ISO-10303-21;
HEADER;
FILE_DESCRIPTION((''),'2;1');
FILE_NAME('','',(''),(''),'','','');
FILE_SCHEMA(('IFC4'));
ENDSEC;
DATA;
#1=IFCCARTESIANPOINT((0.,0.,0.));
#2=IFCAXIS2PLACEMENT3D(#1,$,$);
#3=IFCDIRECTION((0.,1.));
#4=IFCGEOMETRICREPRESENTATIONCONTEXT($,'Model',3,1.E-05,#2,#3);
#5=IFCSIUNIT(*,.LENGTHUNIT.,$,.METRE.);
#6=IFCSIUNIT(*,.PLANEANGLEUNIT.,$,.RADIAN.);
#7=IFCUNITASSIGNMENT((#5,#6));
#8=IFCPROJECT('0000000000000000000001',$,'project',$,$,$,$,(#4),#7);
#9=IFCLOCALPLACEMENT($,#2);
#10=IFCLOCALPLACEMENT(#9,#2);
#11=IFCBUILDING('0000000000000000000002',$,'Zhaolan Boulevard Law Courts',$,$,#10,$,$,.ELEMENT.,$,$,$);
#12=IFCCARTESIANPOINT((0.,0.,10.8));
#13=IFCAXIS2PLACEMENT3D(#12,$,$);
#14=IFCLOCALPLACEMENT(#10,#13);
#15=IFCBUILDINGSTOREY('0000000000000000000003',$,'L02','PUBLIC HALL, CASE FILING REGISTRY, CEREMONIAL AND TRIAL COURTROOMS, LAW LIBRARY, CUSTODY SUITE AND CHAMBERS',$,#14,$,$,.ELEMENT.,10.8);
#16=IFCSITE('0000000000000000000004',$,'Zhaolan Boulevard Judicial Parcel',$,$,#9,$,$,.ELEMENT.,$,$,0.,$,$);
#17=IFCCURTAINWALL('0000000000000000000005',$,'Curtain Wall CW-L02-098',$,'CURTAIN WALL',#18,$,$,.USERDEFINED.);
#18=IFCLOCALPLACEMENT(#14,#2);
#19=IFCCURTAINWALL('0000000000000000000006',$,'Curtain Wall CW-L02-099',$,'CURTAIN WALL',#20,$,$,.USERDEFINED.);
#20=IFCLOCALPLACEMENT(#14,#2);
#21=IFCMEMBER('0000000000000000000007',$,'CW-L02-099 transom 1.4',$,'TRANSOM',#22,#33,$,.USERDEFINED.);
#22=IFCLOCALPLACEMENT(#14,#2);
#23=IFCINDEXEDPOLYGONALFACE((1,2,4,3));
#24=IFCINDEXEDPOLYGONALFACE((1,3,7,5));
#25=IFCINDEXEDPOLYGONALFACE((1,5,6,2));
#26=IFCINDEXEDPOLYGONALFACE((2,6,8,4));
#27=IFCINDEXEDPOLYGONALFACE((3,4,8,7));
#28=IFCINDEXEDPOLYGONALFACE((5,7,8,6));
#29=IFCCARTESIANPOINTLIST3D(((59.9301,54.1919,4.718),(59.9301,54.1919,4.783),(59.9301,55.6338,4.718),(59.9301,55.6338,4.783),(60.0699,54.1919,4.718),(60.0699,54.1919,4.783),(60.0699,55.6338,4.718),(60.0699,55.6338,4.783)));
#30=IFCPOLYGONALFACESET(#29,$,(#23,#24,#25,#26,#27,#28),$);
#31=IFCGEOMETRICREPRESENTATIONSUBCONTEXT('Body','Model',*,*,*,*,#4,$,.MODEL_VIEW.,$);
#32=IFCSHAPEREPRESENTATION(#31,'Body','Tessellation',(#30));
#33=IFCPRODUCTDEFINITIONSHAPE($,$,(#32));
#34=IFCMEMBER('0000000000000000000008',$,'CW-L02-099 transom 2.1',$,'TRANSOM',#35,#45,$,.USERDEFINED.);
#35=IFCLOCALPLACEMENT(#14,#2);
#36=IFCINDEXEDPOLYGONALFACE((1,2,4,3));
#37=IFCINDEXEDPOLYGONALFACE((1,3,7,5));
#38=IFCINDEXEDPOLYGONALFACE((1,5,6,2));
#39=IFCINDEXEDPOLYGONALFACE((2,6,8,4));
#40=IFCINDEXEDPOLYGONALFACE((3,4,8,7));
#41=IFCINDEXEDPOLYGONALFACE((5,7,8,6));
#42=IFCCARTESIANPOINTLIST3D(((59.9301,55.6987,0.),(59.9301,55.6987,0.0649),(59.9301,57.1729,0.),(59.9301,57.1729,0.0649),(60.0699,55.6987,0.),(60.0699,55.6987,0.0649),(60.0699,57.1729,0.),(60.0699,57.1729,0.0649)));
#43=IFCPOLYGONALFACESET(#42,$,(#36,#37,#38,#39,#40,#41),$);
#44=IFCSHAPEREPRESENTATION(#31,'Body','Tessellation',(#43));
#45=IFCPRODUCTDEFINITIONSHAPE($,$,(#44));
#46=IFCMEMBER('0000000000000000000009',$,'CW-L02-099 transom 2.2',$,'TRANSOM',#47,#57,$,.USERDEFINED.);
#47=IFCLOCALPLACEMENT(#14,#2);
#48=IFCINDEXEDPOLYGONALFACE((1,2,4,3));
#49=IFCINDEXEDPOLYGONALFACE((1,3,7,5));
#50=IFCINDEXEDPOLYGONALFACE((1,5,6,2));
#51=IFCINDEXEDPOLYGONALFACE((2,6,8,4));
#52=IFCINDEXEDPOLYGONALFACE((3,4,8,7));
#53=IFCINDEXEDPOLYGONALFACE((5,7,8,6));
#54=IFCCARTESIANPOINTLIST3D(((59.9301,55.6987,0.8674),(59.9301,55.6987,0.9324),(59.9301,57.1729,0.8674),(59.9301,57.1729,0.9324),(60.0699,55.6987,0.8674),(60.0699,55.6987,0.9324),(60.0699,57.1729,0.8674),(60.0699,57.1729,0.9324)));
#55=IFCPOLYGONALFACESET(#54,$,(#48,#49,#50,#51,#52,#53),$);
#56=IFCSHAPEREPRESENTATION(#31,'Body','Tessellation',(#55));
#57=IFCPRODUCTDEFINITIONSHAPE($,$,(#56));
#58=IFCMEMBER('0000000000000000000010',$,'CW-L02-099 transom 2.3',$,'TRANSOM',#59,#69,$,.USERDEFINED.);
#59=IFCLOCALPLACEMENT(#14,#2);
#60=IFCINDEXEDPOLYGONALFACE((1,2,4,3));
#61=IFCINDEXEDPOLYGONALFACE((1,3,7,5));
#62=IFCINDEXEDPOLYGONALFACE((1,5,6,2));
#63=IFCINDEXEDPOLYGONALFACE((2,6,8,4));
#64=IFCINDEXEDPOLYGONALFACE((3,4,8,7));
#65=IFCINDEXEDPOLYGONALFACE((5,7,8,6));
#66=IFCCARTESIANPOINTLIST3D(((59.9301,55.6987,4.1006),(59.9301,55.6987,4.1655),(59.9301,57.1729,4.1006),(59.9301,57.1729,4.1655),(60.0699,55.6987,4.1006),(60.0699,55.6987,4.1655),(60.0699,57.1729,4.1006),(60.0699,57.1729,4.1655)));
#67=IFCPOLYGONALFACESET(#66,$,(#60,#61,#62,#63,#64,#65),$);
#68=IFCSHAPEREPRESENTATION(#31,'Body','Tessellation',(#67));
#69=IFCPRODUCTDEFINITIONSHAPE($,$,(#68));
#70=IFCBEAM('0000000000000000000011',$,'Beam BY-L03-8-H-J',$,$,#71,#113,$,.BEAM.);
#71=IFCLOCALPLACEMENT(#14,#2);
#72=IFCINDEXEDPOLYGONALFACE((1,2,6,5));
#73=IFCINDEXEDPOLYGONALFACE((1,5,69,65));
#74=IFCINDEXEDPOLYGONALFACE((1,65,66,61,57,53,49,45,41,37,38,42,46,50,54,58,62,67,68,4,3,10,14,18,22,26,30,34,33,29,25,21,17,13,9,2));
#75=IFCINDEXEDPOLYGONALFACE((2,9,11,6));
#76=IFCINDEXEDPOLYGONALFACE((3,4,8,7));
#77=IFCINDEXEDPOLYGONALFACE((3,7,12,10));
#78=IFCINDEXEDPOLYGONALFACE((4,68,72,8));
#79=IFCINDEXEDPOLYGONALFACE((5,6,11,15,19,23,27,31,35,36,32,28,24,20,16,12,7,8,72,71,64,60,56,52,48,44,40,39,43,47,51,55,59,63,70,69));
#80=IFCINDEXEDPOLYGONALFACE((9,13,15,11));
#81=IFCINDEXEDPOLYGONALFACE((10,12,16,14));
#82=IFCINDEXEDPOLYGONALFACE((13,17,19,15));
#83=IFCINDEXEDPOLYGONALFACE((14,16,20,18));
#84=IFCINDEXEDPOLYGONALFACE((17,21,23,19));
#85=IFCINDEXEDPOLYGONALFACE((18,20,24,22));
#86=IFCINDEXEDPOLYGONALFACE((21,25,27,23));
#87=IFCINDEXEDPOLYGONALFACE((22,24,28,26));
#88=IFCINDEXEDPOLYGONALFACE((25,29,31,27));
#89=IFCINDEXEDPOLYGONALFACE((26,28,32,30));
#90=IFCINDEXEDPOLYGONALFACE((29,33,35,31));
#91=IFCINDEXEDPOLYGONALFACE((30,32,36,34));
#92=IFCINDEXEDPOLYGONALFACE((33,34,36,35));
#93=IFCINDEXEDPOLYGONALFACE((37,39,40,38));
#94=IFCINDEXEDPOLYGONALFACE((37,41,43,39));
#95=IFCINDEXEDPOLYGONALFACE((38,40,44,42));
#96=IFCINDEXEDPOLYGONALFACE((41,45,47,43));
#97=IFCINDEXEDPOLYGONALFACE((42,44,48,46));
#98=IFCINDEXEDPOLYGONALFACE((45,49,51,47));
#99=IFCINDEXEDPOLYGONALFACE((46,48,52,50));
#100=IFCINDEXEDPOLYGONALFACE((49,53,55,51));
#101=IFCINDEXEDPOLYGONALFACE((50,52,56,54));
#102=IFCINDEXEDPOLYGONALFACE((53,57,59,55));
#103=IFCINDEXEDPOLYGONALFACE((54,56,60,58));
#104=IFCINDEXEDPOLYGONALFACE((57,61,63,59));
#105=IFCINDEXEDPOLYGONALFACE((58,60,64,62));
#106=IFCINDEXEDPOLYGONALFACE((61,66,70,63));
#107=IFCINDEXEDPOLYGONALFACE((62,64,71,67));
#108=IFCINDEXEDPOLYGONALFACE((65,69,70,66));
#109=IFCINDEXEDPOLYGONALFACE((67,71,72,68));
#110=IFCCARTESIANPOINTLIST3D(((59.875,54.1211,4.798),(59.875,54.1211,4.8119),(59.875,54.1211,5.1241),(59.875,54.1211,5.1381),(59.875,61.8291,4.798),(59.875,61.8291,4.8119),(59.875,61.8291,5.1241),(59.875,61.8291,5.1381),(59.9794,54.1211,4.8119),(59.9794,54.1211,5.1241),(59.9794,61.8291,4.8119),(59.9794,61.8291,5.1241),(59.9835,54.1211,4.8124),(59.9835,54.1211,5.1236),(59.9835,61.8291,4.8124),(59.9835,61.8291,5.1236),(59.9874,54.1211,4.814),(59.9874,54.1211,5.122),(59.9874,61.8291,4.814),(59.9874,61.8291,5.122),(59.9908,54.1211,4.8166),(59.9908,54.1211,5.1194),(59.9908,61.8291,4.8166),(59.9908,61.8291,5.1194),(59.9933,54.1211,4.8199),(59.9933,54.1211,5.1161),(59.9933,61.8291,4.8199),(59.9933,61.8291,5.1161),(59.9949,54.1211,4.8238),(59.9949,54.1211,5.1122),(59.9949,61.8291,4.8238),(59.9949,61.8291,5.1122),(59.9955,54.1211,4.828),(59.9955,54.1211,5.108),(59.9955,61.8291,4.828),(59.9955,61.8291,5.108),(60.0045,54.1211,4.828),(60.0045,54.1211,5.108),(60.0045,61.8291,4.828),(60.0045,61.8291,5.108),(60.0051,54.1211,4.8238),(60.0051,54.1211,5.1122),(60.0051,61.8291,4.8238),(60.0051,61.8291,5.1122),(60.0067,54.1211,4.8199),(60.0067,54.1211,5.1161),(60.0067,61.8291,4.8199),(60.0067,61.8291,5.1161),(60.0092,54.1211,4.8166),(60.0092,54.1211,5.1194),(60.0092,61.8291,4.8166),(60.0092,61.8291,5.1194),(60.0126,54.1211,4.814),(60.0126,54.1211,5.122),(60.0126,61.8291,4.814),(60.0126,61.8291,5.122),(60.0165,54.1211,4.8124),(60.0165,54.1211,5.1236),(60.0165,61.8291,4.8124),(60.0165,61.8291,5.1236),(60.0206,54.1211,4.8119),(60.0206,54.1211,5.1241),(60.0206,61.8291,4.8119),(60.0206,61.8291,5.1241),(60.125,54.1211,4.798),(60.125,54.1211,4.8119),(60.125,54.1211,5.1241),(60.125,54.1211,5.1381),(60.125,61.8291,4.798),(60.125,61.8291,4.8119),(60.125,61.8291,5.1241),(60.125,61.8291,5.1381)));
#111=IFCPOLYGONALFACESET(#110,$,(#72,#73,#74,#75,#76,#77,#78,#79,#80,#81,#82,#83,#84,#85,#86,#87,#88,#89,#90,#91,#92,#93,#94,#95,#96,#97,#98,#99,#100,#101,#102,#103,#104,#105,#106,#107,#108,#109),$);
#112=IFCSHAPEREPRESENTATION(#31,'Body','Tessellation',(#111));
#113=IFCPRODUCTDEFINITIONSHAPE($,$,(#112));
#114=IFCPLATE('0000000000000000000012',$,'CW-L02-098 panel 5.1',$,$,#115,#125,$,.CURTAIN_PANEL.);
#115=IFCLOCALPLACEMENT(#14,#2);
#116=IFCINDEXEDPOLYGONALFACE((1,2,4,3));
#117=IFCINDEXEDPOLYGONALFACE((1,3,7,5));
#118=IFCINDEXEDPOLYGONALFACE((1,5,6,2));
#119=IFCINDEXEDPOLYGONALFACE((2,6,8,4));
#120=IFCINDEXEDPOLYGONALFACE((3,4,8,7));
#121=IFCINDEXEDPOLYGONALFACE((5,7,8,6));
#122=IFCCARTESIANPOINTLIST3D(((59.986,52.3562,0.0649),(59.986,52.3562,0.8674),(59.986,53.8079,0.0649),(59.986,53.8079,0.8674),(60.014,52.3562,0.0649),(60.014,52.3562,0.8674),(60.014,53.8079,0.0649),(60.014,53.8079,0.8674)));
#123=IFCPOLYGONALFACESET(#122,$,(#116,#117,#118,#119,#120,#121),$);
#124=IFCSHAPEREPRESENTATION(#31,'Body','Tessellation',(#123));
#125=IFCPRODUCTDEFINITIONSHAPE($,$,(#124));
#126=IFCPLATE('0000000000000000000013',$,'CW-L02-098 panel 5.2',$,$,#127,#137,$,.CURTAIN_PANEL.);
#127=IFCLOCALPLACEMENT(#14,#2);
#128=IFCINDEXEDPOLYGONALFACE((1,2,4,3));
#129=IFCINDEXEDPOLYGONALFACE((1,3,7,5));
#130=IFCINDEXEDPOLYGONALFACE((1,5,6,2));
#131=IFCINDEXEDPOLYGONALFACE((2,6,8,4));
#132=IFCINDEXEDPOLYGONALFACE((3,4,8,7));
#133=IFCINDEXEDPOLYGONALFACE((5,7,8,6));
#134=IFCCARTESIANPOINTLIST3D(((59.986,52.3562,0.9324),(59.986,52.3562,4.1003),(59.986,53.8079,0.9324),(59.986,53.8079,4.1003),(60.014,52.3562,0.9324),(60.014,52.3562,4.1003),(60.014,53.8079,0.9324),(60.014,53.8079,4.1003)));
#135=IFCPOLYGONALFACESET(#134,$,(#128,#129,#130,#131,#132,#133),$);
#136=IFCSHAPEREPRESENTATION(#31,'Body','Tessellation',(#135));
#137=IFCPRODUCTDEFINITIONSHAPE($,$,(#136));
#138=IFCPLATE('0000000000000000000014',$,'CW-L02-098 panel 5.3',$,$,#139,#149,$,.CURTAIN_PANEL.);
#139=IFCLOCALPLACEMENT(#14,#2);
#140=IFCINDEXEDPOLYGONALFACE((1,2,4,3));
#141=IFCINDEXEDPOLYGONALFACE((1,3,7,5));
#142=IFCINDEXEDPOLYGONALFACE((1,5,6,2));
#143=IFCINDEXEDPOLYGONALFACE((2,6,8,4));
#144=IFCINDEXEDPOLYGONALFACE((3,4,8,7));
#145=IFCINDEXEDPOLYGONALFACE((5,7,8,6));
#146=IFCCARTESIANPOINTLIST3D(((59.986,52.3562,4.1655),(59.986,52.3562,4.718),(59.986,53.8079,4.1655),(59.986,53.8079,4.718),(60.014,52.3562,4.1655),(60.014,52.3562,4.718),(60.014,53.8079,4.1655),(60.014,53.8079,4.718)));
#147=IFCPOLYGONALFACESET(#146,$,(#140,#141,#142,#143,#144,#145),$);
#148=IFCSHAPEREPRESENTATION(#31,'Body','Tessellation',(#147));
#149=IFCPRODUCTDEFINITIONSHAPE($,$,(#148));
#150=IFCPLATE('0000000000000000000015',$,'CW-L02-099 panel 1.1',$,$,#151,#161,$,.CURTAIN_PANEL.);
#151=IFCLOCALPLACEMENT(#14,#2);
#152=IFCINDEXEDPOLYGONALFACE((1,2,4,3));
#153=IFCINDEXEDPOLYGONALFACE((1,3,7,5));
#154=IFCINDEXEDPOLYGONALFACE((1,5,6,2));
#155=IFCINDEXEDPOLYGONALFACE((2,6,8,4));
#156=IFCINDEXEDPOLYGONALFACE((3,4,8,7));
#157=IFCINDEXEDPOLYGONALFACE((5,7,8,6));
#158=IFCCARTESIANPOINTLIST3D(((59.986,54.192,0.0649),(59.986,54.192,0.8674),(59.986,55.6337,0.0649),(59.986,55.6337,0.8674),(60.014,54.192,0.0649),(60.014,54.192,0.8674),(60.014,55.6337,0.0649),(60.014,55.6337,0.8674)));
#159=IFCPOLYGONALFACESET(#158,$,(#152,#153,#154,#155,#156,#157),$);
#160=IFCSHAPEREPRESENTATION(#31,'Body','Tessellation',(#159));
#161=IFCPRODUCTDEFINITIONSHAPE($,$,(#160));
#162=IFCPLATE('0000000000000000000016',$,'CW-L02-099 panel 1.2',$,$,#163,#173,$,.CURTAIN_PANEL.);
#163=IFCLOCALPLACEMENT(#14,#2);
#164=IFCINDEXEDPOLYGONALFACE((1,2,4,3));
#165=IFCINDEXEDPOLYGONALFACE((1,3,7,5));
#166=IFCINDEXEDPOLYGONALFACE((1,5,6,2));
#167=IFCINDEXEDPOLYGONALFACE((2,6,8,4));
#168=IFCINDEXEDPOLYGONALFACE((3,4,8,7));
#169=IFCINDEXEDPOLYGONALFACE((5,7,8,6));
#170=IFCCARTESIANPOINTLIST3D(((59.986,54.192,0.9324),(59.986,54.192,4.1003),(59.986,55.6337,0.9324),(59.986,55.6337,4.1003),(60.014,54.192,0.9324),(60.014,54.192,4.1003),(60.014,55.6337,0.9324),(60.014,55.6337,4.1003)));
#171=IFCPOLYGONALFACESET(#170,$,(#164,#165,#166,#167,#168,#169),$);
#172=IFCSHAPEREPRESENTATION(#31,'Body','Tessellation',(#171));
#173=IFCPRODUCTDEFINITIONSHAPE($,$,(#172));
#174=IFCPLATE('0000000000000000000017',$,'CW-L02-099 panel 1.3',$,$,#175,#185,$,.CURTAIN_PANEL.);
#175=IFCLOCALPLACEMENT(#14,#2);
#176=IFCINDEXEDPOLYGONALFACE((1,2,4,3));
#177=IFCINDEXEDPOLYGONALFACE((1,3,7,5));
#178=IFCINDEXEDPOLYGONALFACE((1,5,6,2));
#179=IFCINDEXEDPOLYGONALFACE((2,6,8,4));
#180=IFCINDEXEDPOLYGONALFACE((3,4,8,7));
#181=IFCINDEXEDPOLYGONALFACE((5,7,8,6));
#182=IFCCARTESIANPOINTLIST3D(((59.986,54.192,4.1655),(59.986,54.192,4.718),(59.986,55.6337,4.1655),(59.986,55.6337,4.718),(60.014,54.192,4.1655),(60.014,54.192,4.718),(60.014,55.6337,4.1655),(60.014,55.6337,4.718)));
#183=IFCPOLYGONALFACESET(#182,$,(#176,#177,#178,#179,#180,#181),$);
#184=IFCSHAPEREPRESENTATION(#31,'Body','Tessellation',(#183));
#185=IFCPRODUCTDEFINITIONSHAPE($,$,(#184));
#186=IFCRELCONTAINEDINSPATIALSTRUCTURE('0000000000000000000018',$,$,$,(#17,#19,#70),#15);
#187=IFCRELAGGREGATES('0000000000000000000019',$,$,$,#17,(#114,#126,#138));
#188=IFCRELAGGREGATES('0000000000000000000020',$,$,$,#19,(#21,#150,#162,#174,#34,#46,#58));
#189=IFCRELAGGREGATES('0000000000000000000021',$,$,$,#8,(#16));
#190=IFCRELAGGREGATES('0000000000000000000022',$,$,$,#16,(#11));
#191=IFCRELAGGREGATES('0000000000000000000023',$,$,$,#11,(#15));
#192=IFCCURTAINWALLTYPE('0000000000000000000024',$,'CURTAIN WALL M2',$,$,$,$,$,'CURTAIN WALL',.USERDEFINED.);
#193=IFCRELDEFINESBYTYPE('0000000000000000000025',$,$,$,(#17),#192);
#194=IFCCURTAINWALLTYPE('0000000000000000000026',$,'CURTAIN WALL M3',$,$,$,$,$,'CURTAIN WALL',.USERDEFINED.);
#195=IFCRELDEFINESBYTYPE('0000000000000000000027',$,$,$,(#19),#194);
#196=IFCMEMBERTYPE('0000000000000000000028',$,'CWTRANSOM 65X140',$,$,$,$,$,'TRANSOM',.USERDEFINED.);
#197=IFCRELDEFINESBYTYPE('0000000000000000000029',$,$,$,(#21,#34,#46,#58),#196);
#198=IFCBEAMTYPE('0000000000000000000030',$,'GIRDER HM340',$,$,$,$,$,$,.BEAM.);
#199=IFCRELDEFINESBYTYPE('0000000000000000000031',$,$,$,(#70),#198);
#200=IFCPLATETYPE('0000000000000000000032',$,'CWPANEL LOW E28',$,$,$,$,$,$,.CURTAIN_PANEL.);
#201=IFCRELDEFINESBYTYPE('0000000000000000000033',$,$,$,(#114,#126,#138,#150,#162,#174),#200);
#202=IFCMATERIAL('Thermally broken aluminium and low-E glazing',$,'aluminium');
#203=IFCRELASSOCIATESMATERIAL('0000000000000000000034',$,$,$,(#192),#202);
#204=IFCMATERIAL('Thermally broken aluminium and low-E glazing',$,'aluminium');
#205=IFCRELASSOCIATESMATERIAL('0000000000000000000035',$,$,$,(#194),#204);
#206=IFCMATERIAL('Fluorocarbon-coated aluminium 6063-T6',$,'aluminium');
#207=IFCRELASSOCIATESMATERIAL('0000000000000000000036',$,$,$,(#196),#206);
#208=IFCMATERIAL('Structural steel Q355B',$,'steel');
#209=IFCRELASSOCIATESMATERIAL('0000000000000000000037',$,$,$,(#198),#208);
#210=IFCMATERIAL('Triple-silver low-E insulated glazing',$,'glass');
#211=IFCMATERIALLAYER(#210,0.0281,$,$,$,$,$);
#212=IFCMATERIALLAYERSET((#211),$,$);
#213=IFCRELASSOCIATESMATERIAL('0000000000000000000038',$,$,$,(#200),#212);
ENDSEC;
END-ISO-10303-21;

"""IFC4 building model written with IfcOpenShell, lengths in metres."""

from ifc_helpers import new_model, si_unit, direction, frame, origin, origin_2d, place, context, subcontext, project, spatial, rectangle, i_section, extrude, material, layer, layer_set, material_profile, profile_set, type_object, element, aggregate, save


model = new_model("IFC4")

# Units and contexts
model_context = context("Model", 3, precision=1e-05, world=origin(), true_north=direction((0.0, 1.0)))
body_context = subcontext(model_context, "Body", "Model", "MODEL_VIEW")
ifc_project = project(units=[si_unit("LENGTHUNIT", "METRE"), si_unit("PLANEANGLEUNIT", "RADIAN")], contexts=[model_context])

# Site, building, storey
site_placement = place(None, origin())
site = spatial("IfcSite", under=ifc_project, at=site_placement, Name="Zhaolan Boulevard Judicial Parcel", CompositionType="ELEMENT", RefElevation=0.0)
building_placement = place(site_placement, origin())
building = spatial("IfcBuilding", under=site, at=building_placement, Name="Zhaolan Boulevard Law Courts", CompositionType="ELEMENT")
storey_placement = place(building_placement, frame((0.0, 0.0, 10.8)))
storey = spatial("IfcBuildingStorey", under=building, at=storey_placement, Name="L02", Description="PUBLIC HALL, CASE FILING REGISTRY, CEREMONIAL AND TRIAL COURTROOMS, LAW LIBRARY, CUSTODY SUITE AND CHAMBERS", CompositionType="ELEMENT", Elevation=10.8)

# Curtain walls
ifc_material_1 = material(Name="Thermally broken aluminium and low-E glazing", Category="aluminium")
curtain_wall_type_1 = type_object("IfcCurtainWallType", Name="CURTAIN WALL M2", ElementType="CURTAIN WALL", PredefinedType="USERDEFINED", material=ifc_material_1)
curtain_wall_1_placement = place(storey_placement, origin())
curtain_wall_1 = element("IfcCurtainWall", 1, at=curtain_wall_1_placement, inside=storey, type_object=curtain_wall_type_1, Name="Curtain Wall CW-L02-098", ObjectType="CURTAIN WALL", PredefinedType="USERDEFINED")
ifc_material_2 = material(Name="Thermally broken aluminium and low-E glazing", Category="aluminium")
curtain_wall_type_2 = type_object("IfcCurtainWallType", Name="CURTAIN WALL M3", ElementType="CURTAIN WALL", PredefinedType="USERDEFINED", material=ifc_material_2)
curtain_wall_2_placement = place(storey_placement, origin())
curtain_wall_2 = element("IfcCurtainWall", 2, at=curtain_wall_2_placement, inside=storey, type_object=curtain_wall_type_2, Name="Curtain Wall CW-L02-099", ObjectType="CURTAIN WALL", PredefinedType="USERDEFINED")

# Members
ifc_material_3 = material(Name="Fluorocarbon-coated aluminium 6063-T6", Category="aluminium")
ifc_material_profile_1 = material_profile(ifc_material_3, rectangle(XDim=0.1399, YDim=0.0649, at=origin_2d()), Name="AL65x140")
ifc_profile_set_1 = profile_set([ifc_material_profile_1], Name="Fluorocarbon-coated aluminium 6063-T6")
member_type_1 = type_object("IfcMemberType", Name="CWTRANSOM 65X140", ElementType="TRANSOM", PredefinedType="USERDEFINED", material=ifc_profile_set_1)
member_1_placement = place(storey_placement, frame((60.0, 54.1919, 4.7505), z_axis=(0.0, 1.0, 0.0), x_axis=(-1.0, 0.0, 0.0)))
member_1 = element("IfcMember", 3, at=member_1_placement, type_object=member_type_1, Name="CW-L02-099 transom 1.4", ObjectType="TRANSOM", PredefinedType="USERDEFINED", context=body_context, shape_type="SweptSolid", body=[
    extrude(rectangle(XDim=0.1399, YDim=0.0649, at=origin_2d()), origin(), (0.0, 0.0, 1.0), 1.4419),
])
member_2_placement = place(storey_placement, frame((60.0, 55.6987, 0.0325), z_axis=(0.0, 1.0, 0.0), x_axis=(-1.0, 0.0, 0.0)))
member_2 = element("IfcMember", 4, at=member_2_placement, type_object=member_type_1, Name="CW-L02-099 transom 2.1", ObjectType="TRANSOM", PredefinedType="USERDEFINED", context=body_context, shape_type="SweptSolid", body=[
    extrude(rectangle(XDim=0.1399, YDim=0.0649, at=origin_2d()), origin(), (0.0, 0.0, 1.0), 1.4741),
])
member_3_placement = place(storey_placement, frame((60.0, 55.6987, 0.8999), z_axis=(0.0, 1.0, 0.0), x_axis=(-1.0, 0.0, 0.0)))
member_3 = element("IfcMember", 5, at=member_3_placement, type_object=member_type_1, Name="CW-L02-099 transom 2.2", ObjectType="TRANSOM", PredefinedType="USERDEFINED", context=body_context, shape_type="SweptSolid", body=[
    extrude(rectangle(XDim=0.1399, YDim=0.0649, at=origin_2d()), origin(), (0.0, 0.0, 1.0), 1.4741),
])
member_4_placement = place(storey_placement, frame((60.0, 55.6987, 4.1331), z_axis=(0.0, 1.0, 0.0), x_axis=(-1.0, 0.0, 0.0)))
member_4 = element("IfcMember", 6, at=member_4_placement, type_object=member_type_1, Name="CW-L02-099 transom 2.3", ObjectType="TRANSOM", PredefinedType="USERDEFINED", context=body_context, shape_type="SweptSolid", body=[
    extrude(rectangle(XDim=0.1399, YDim=0.0649, at=origin_2d()), origin(), (0.0, 0.0, 1.0), 1.4741),
])

# Beam
ifc_material_4 = material(Name="Structural steel Q355B", Category="steel")
ifc_material_profile_2 = material_profile(ifc_material_4, i_section(OverallWidth=0.25, OverallDepth=0.3401, WebThickness=0.009, FlangeThickness=0.0139, FilletRadius=0.0161, at=origin_2d()), Name="HM340x250")
ifc_profile_set_2 = profile_set([ifc_material_profile_2], Name="Structural steel Q355B")
beam_type = type_object("IfcBeamType", Name="GIRDER HM340", PredefinedType="BEAM", material=ifc_profile_set_2)
beam_placement = place(storey_placement, frame((60.0, 54.1211, 4.968), z_axis=(0.0, 1.0, 0.0), x_axis=(-1.0, 0.0, 0.0)))
element("IfcBeam", 7, at=beam_placement, inside=storey, type_object=beam_type, Name="Beam BY-L03-8-H-J", PredefinedType="BEAM", context=body_context, shape_type="SweptSolid", body=[
    extrude(i_section(OverallWidth=0.25, OverallDepth=0.3401, WebThickness=0.009, FlangeThickness=0.0139, FilletRadius=0.0161, at=origin_2d()), origin(), (0.0, 0.0, 1.0), 7.708),
])

# Plates
ifc_material_5 = material(Name="Triple-silver low-E insulated glazing", Category="glass")
ifc_layer = layer(ifc_material_5, 0.0281)
ifc_layer_set = layer_set([ifc_layer])
plate_type = type_object("IfcPlateType", Name="CWPANEL LOW E28", PredefinedType="CURTAIN_PANEL", material=ifc_layer_set)
plate_1_placement = place(storey_placement, frame((60.0, 53.082, 0.0649), z_axis=(0.0, 0.0, 1.0), x_axis=(0.0, 1.0, 0.0)))
plate_1 = element("IfcPlate", 8, at=plate_1_placement, type_object=plate_type, Name="CW-L02-098 panel 5.1", PredefinedType="CURTAIN_PANEL", context=body_context, shape_type="SweptSolid", body=[
    extrude(rectangle(XDim=1.4517, YDim=0.0281, at=origin_2d()), origin(), (0.0, 0.0, 1.0), 0.8025),
])
plate_2_placement = place(storey_placement, frame((60.0, 53.082, 0.9324), z_axis=(0.0, 0.0, 1.0), x_axis=(0.0, 1.0, 0.0)))
plate_2 = element("IfcPlate", 9, at=plate_2_placement, type_object=plate_type, Name="CW-L02-098 panel 5.2", PredefinedType="CURTAIN_PANEL", context=body_context, shape_type="SweptSolid", body=[
    extrude(rectangle(XDim=1.4517, YDim=0.0281, at=origin_2d()), origin(), (0.0, 0.0, 1.0), 3.168),
])
plate_3_placement = place(storey_placement, frame((60.0, 53.082, 4.1655), z_axis=(0.0, 0.0, 1.0), x_axis=(0.0, 1.0, 0.0)))
plate_3 = element("IfcPlate", 10, at=plate_3_placement, type_object=plate_type, Name="CW-L02-098 panel 5.3", PredefinedType="CURTAIN_PANEL", context=body_context, shape_type="SweptSolid", body=[
    extrude(rectangle(XDim=1.4517, YDim=0.0281, at=origin_2d()), origin(), (0.0, 0.0, 1.0), 0.5525),
])
aggregate(curtain_wall_1, [plate_1, plate_2, plate_3])
plate_4_placement = place(storey_placement, frame((60.0, 54.9128, 0.0649), z_axis=(0.0, 0.0, 1.0), x_axis=(0.0, 1.0, 0.0)))
plate_4 = element("IfcPlate", 11, at=plate_4_placement, type_object=plate_type, Name="CW-L02-099 panel 1.1", PredefinedType="CURTAIN_PANEL", context=body_context, shape_type="SweptSolid", body=[
    extrude(rectangle(XDim=1.4417, YDim=0.0281, at=origin_2d()), origin(), (0.0, 0.0, 1.0), 0.8025),
])
plate_5_placement = place(storey_placement, frame((60.0, 54.9128, 0.9324), z_axis=(0.0, 0.0, 1.0), x_axis=(0.0, 1.0, 0.0)))
plate_5 = element("IfcPlate", 12, at=plate_5_placement, type_object=plate_type, Name="CW-L02-099 panel 1.2", PredefinedType="CURTAIN_PANEL", context=body_context, shape_type="SweptSolid", body=[
    extrude(rectangle(XDim=1.4417, YDim=0.0281, at=origin_2d()), origin(), (0.0, 0.0, 1.0), 3.168),
])
plate_6_placement = place(storey_placement, frame((60.0, 54.9128, 4.1655), z_axis=(0.0, 0.0, 1.0), x_axis=(0.0, 1.0, 0.0)))
plate_6 = element("IfcPlate", 13, at=plate_6_placement, type_object=plate_type, Name="CW-L02-099 panel 1.3", PredefinedType="CURTAIN_PANEL", context=body_context, shape_type="SweptSolid", body=[
    extrude(rectangle(XDim=1.4417, YDim=0.0281, at=origin_2d()), origin(), (0.0, 0.0, 1.0), 0.5525),
])
aggregate(curtain_wall_2, [member_1, plate_4, plate_5, plate_6, member_2, member_3, member_4])

save(model, "model.ifc")
